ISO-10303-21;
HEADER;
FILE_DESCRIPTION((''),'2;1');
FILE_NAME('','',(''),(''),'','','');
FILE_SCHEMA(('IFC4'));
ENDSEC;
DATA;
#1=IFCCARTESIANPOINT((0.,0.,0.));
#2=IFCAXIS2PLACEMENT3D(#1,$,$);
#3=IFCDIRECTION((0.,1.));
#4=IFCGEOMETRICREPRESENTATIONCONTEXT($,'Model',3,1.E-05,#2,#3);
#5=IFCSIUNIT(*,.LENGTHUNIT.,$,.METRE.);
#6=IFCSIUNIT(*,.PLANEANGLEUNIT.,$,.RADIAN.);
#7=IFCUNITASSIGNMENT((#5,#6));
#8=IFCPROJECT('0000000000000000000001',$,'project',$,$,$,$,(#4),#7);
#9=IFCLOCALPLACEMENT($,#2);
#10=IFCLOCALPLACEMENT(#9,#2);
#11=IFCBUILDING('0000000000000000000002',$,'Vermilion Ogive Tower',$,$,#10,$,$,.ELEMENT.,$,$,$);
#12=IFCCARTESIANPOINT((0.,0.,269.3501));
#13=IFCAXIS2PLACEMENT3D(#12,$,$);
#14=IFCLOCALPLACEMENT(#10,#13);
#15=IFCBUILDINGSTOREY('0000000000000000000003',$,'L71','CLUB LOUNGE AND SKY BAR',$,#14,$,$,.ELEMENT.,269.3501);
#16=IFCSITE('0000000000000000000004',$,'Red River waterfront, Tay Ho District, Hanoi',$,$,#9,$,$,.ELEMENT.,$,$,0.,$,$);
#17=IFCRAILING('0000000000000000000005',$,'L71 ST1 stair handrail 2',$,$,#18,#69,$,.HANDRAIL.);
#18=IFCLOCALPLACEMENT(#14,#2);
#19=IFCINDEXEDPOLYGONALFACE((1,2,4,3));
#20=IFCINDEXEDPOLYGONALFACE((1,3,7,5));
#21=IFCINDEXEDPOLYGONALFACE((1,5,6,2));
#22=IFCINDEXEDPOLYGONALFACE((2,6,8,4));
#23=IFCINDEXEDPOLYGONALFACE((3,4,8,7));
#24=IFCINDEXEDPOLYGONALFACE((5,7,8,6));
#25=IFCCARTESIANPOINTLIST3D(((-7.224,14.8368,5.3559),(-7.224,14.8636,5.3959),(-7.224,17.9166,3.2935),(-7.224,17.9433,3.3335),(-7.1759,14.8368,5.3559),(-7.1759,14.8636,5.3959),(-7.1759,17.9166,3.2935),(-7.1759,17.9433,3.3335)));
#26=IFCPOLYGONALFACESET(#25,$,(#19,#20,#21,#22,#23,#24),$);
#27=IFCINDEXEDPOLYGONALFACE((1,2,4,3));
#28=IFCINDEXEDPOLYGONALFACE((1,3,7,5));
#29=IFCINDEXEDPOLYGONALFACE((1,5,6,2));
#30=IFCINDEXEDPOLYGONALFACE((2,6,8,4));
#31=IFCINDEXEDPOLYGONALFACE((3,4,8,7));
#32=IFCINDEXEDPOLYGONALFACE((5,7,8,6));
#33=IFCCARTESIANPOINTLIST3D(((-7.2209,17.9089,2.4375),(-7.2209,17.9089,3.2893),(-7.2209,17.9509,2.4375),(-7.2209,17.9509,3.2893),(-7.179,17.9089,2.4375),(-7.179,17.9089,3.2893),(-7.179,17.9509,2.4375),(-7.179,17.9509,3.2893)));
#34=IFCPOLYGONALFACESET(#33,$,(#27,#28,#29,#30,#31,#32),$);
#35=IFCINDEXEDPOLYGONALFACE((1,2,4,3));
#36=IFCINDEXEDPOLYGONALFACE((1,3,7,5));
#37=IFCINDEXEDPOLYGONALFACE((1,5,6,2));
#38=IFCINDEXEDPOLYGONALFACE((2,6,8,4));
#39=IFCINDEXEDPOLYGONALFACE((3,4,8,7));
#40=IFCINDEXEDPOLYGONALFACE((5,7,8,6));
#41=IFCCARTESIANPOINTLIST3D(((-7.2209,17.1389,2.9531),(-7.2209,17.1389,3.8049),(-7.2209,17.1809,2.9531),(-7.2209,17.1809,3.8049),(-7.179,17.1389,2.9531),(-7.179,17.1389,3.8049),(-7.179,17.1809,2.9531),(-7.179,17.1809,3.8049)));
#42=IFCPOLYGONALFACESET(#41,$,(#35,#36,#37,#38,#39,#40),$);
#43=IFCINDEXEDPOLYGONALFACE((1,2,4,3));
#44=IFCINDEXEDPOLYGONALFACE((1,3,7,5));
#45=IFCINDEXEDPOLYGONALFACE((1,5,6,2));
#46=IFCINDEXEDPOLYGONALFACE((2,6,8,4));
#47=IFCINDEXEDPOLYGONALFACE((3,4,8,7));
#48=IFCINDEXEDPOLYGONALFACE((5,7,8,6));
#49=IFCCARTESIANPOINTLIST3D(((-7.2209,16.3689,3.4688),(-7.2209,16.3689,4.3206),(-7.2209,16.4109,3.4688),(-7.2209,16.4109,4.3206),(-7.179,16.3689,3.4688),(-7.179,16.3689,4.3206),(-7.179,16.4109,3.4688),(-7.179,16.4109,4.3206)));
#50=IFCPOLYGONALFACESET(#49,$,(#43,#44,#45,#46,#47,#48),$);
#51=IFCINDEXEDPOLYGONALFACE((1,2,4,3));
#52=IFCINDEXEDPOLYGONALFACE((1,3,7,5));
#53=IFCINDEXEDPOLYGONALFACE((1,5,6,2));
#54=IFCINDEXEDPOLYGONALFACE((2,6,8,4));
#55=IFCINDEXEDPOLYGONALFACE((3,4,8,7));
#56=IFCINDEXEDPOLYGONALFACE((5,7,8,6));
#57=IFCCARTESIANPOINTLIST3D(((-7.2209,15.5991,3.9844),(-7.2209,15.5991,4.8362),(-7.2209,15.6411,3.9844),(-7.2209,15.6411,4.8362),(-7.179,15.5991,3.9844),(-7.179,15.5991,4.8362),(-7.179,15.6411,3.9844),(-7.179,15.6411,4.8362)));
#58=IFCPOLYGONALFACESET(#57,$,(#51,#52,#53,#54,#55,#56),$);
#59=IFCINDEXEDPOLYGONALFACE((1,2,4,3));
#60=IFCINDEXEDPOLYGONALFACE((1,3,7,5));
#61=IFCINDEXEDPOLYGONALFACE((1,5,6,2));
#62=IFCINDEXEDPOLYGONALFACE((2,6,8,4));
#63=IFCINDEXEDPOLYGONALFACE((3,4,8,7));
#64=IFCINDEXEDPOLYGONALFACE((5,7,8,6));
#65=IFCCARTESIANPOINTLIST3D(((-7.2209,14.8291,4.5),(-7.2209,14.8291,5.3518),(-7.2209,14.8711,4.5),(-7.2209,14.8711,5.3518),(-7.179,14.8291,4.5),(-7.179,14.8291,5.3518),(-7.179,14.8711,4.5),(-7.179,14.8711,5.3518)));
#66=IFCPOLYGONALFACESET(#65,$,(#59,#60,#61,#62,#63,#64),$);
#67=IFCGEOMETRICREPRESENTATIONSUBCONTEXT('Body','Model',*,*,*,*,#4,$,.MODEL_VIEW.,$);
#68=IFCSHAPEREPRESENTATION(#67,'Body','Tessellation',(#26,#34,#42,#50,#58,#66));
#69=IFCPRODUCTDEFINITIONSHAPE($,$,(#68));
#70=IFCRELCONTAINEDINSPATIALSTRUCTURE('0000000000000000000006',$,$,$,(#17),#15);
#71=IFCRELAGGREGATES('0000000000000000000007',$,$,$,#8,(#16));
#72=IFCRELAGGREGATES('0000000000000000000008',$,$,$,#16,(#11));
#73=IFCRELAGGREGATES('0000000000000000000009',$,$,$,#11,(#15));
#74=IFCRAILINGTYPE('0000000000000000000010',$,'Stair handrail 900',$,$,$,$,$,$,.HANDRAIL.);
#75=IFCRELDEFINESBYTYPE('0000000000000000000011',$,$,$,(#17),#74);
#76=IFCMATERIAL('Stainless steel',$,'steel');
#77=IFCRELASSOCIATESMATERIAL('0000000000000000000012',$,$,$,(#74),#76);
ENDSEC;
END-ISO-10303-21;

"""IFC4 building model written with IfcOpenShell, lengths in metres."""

from ifc_helpers import new_model, si_unit, direction, frame, origin, origin_2d, place, context, subcontext, project, spatial, rectangle, extrude, material, type_object, element, save


model = new_model("IFC4")

# Units and contexts
model_context = context("Model", 3, precision=1e-05, world=origin(), true_north=direction((0.0, 1.0)))
body_context = subcontext(model_context, "Body", "Model", "MODEL_VIEW")
ifc_project = project(units=[si_unit("LENGTHUNIT", "METRE"), si_unit("PLANEANGLEUNIT", "RADIAN")], contexts=[model_context])

# Site, building, storey
site_placement = place(None, origin())
site = spatial("IfcSite", under=ifc_project, at=site_placement, Name="Red River waterfront, Tay Ho District, Hanoi", CompositionType="ELEMENT", RefElevation=0.0)
building_placement = place(site_placement, origin())
building = spatial("IfcBuilding", under=site, at=building_placement, Name="Vermilion Ogive Tower", CompositionType="ELEMENT")
storey_placement = place(building_placement, frame((0.0, 0.0, 269.3501)))
storey = spatial("IfcBuildingStorey", under=building, at=storey_placement, Name="L71", Description="CLUB LOUNGE AND SKY BAR", CompositionType="ELEMENT", Elevation=269.3501)

# Railing
ifc_material_1 = material(Name="Stainless steel", Category="steel")
railing_type_1 = type_object("IfcRailingType", Name="Stair handrail 900", PredefinedType="HANDRAIL", material=ifc_material_1)
railing_1_placement = place(storey_placement, frame((-7.2, 17.9299, 2.4375)))
element("IfcRailing", 1, at=railing_1_placement, inside=storey, type_object=railing_type_1, Name="L71 ST1 stair handrail 2", PredefinedType="HANDRAIL", context=body_context, shape_type="SweptSolid", body=[
    extrude(rectangle(XDim=0.0481, YDim=0.0481, at=origin_2d()), frame((0.0, 0.0, 0.876), z_axis=(0.0, -0.830893, 0.556432), x_axis=(1.0, 0.0, 0.0)), (0.0, 0.0, 1.0), 3.7065),
    extrude(rectangle(XDim=0.042, YDim=0.042, at=origin_2d()), origin(), (0.0, 0.0, 1.0), 0.8518),
    extrude(rectangle(XDim=0.042, YDim=0.042, at=origin_2d()), frame((0.0, -0.77, 0.5156)), (0.0, 0.0, 1.0), 0.8518),
    extrude(rectangle(XDim=0.042, YDim=0.042, at=origin_2d()), frame((0.0, -1.54, 1.0312)), (0.0, 0.0, 1.0), 0.8518),
    extrude(rectangle(XDim=0.042, YDim=0.042, at=origin_2d()), frame((0.0, -2.3098, 1.5469)), (0.0, 0.0, 1.0), 0.8518),
    extrude(rectangle(XDim=0.042, YDim=0.042, at=origin_2d()), frame((0.0, -3.0798, 2.0625)), (0.0, 0.0, 1.0), 0.8518),
])

save(model, "model.ifc")
